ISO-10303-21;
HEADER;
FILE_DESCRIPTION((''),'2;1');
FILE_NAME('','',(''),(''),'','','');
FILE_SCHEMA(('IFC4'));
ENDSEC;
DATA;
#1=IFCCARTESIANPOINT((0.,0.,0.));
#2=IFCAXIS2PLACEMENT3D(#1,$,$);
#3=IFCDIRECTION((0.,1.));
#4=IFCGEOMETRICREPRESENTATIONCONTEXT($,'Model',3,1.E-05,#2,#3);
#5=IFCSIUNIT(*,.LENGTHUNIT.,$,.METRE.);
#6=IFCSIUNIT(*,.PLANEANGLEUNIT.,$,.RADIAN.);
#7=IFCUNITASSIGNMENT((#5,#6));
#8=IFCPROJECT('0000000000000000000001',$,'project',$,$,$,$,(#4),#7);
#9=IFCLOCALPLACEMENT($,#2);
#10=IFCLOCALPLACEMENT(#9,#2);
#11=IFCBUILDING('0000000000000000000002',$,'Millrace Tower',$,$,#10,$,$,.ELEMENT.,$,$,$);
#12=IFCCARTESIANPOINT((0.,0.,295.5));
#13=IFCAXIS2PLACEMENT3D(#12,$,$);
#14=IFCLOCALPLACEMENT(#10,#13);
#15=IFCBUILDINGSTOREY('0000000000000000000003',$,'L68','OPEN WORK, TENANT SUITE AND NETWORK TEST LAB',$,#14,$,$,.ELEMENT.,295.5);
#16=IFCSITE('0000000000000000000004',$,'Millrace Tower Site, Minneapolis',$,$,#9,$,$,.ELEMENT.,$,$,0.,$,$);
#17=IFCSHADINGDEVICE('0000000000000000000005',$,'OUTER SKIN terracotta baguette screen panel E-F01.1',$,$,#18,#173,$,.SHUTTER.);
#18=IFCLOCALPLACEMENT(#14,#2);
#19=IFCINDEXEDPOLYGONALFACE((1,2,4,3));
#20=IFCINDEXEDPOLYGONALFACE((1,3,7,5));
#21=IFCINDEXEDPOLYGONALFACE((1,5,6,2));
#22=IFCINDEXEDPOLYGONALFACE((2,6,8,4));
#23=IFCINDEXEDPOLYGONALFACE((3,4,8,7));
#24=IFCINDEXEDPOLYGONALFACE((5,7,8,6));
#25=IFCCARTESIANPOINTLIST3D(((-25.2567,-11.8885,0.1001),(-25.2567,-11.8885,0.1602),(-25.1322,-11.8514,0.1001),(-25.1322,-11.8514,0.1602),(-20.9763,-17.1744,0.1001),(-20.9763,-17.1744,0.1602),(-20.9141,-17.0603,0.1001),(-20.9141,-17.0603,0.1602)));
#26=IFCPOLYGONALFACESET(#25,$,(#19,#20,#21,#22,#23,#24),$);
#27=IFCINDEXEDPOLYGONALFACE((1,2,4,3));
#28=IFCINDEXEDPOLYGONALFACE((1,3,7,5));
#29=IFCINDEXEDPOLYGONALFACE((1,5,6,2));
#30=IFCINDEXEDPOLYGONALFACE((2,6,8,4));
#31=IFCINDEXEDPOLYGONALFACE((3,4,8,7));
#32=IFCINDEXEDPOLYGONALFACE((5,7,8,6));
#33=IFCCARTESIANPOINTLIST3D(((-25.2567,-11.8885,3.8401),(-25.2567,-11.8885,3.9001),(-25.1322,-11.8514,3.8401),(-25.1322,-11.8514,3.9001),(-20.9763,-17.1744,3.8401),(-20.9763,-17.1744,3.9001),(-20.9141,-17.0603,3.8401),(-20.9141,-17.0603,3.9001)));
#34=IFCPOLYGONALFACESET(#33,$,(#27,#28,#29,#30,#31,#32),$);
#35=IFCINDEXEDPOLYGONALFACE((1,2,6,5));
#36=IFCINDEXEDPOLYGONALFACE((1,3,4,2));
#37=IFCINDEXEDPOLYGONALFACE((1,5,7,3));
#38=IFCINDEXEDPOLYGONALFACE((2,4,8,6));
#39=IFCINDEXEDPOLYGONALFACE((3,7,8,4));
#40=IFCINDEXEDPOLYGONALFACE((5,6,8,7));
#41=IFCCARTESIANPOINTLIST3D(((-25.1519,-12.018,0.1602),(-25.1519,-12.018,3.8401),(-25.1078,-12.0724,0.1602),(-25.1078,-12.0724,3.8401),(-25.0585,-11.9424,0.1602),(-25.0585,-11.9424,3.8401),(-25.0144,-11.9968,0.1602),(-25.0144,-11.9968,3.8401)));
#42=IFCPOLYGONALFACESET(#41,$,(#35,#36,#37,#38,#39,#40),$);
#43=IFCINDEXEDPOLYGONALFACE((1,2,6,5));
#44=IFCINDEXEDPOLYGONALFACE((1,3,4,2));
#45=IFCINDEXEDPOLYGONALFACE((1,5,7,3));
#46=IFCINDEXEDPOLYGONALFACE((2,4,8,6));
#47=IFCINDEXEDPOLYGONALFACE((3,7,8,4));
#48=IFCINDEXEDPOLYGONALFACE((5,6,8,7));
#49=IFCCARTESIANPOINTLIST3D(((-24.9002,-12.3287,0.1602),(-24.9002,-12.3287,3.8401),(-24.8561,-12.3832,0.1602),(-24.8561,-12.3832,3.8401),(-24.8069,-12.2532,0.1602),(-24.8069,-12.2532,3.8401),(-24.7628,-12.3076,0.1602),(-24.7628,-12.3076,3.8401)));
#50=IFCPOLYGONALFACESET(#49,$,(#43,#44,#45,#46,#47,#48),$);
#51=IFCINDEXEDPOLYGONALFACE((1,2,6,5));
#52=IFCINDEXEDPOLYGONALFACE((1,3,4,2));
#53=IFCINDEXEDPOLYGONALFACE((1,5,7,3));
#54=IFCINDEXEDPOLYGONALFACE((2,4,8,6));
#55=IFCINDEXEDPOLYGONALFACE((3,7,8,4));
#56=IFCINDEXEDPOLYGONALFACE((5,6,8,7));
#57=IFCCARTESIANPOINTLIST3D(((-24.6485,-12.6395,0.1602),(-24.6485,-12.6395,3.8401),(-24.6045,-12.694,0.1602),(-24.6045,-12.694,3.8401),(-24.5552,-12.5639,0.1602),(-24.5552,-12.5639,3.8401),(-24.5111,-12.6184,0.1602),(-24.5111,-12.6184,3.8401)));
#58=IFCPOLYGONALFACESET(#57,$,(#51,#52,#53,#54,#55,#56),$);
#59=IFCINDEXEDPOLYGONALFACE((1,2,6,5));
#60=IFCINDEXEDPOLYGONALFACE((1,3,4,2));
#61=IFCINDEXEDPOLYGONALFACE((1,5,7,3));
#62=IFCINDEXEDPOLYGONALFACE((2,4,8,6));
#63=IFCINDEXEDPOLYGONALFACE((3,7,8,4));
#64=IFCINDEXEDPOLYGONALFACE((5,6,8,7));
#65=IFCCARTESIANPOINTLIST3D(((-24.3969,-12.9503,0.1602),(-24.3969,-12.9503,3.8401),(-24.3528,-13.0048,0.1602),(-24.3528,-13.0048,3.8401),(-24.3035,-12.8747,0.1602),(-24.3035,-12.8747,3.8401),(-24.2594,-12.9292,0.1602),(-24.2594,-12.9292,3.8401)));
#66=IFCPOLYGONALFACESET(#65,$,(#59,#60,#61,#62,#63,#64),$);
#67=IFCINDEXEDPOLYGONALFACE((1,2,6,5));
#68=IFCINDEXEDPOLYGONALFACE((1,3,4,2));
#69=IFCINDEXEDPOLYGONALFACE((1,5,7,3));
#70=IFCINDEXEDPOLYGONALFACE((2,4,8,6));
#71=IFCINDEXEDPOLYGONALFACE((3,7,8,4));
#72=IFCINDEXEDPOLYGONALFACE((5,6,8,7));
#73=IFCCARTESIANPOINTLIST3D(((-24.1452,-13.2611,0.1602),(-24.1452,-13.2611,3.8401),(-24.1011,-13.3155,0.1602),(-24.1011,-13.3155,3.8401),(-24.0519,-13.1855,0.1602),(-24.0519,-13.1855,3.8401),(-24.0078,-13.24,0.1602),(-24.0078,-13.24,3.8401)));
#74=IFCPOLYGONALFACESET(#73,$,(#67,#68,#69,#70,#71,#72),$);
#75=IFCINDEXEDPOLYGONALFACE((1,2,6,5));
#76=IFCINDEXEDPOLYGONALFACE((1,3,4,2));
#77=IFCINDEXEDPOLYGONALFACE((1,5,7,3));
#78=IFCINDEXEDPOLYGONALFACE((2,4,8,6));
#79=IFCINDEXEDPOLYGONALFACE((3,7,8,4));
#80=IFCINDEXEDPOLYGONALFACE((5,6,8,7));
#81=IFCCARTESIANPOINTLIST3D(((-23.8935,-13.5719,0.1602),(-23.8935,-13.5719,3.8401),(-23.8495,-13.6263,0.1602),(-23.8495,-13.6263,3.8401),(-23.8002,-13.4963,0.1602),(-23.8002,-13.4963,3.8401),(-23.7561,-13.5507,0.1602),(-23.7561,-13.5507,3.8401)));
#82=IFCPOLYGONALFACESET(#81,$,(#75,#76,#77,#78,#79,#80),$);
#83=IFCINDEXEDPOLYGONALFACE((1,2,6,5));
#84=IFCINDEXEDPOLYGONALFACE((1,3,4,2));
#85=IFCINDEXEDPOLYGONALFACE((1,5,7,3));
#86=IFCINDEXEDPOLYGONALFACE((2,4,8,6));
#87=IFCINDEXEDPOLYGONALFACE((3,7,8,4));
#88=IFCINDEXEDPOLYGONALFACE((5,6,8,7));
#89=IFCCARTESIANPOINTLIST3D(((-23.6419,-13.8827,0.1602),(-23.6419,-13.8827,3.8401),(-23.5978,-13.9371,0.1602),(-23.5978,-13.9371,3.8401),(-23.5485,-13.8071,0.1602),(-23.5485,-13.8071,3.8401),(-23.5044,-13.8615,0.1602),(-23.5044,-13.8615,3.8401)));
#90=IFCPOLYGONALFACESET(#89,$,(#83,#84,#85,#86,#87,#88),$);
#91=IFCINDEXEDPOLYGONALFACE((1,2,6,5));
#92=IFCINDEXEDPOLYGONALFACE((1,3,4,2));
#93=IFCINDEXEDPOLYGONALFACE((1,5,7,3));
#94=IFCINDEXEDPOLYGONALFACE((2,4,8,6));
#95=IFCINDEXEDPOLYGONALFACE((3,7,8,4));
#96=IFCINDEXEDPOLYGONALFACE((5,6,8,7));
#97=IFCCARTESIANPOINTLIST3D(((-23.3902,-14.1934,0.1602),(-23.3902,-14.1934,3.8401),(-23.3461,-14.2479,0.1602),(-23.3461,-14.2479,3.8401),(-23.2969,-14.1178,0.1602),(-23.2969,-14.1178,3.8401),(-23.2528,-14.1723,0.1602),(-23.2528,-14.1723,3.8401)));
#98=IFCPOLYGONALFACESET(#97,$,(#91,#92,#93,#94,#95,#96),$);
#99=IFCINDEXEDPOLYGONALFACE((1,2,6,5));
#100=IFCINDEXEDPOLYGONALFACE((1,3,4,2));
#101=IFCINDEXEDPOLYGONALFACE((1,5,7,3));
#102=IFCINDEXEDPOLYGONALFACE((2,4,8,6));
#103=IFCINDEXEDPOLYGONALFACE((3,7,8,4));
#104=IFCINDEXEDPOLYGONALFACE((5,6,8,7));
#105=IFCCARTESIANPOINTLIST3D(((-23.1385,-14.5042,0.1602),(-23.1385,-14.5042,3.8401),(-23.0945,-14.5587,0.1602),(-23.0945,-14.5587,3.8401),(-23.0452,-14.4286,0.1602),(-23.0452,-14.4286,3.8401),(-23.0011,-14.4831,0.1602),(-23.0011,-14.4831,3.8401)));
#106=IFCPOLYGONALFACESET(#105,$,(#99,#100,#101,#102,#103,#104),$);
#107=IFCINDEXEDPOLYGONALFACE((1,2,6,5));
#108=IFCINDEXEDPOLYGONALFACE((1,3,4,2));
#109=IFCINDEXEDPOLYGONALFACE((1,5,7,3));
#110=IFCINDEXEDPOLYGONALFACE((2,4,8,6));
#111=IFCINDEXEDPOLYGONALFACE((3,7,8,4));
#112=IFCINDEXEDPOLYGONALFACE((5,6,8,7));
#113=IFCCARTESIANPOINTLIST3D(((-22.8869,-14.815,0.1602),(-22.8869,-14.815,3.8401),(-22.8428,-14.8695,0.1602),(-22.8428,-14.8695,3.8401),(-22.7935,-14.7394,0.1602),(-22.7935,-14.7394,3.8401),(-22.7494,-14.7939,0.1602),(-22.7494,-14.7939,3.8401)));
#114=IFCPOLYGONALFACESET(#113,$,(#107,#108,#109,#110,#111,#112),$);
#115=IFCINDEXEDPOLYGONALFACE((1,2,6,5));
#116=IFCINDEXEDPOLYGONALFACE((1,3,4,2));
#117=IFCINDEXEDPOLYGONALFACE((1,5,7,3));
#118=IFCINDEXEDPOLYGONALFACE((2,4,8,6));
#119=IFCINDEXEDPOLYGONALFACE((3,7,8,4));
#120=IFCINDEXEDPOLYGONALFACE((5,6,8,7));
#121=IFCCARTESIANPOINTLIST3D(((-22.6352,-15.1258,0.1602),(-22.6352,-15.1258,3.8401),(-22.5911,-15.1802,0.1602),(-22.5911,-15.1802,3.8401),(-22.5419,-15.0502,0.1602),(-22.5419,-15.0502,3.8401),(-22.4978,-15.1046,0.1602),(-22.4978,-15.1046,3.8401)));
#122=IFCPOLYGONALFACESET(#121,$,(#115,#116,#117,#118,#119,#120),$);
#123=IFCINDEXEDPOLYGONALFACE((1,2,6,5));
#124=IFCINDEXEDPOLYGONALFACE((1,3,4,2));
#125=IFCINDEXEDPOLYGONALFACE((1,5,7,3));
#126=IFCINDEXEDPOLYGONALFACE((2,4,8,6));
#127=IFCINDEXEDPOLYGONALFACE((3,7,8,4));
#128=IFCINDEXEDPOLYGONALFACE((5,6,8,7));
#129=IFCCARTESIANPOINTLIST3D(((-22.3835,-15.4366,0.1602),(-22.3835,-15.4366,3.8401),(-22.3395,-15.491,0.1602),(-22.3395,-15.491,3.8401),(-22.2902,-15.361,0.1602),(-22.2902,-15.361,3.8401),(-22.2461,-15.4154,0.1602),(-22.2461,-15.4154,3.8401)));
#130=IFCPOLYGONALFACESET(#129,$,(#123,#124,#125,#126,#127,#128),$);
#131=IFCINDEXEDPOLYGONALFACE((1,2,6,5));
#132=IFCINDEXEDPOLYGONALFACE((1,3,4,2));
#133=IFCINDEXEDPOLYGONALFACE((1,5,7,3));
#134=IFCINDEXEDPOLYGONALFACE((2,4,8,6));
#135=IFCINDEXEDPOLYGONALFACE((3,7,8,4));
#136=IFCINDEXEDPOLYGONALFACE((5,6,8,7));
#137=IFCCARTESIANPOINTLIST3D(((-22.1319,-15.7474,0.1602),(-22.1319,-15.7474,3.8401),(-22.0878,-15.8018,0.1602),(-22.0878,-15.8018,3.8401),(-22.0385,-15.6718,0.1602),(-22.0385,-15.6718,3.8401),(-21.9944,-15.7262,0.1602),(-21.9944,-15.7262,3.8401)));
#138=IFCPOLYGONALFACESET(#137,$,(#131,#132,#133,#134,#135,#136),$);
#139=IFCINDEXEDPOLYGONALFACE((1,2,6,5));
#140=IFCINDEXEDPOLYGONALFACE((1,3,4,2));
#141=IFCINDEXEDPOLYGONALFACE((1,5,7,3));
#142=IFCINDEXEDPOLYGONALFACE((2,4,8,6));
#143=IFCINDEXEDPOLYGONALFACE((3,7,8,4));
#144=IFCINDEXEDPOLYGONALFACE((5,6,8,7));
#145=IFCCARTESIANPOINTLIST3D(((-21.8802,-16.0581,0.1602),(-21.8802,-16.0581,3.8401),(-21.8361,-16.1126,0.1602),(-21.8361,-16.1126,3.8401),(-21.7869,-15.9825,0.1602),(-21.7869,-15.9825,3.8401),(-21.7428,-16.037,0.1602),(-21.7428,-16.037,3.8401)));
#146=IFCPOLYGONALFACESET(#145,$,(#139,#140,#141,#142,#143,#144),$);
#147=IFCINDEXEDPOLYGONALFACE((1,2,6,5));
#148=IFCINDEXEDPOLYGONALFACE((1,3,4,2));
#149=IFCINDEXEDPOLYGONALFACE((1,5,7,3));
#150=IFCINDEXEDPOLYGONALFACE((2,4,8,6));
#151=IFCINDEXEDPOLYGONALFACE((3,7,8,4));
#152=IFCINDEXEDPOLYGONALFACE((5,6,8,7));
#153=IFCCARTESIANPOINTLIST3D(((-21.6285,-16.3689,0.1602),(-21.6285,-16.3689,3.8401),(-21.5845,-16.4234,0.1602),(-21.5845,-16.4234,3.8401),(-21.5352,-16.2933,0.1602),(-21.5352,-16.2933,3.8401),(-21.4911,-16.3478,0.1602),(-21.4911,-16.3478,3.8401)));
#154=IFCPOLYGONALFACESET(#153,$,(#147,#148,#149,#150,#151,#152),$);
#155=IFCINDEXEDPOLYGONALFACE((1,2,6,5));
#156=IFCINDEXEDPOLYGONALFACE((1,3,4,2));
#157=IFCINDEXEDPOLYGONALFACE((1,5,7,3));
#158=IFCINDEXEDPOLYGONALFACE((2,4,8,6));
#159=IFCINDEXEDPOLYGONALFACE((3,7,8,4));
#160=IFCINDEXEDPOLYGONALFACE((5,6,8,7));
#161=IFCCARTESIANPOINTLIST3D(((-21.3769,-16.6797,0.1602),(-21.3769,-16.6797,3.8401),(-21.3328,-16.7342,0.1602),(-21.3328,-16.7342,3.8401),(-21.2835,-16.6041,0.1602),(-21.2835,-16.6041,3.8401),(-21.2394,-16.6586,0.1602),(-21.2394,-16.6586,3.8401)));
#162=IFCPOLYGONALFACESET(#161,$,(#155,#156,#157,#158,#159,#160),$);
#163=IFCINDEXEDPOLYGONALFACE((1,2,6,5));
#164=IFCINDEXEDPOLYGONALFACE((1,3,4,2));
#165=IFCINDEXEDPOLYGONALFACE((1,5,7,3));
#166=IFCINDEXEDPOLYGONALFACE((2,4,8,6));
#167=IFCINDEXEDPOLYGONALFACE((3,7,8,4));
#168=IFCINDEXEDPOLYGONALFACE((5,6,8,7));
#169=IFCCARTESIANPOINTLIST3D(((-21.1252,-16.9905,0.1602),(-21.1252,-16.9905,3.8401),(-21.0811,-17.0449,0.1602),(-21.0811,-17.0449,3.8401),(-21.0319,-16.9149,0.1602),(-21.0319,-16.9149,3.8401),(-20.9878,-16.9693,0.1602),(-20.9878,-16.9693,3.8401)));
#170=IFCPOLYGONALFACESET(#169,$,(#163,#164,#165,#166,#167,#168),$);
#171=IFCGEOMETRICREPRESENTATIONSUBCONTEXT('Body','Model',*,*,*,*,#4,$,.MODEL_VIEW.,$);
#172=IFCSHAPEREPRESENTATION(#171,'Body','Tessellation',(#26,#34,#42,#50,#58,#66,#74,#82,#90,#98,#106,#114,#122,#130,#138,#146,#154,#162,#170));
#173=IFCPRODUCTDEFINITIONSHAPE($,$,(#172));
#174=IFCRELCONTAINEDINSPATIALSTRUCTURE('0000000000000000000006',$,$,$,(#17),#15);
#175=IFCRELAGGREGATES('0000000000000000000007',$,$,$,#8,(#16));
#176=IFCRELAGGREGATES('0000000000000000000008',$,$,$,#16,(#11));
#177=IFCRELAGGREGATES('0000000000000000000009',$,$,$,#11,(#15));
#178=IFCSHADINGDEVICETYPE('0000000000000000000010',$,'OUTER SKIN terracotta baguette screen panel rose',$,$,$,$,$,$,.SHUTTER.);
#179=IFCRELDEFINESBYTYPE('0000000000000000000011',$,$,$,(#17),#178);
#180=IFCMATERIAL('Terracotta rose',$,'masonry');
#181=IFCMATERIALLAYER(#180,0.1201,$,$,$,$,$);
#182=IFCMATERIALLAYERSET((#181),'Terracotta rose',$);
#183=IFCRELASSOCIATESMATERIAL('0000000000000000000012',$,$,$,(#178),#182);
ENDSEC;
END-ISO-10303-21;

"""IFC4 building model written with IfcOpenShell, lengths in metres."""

from ifc_helpers import new_model, entity, si_unit, direction, frame, frame_2d, origin, origin_2d, place, context, subcontext, project, spatial, rectangle, extrude, source, transform, mapped, material, layer, layer_set, type_object, element, save


model = new_model("IFC4")

# Units and contexts
model_context = context("Model", 3, precision=1e-05, world=origin(), true_north=direction((0.0, 1.0)))
body_context = subcontext(model_context, "Body", "Model", "MODEL_VIEW")
ifc_project = project(units=[si_unit("LENGTHUNIT", "METRE"), si_unit("PLANEANGLEUNIT", "RADIAN")], contexts=[model_context])

# Site, building, storey
site_placement = place(None, origin())
site = spatial("IfcSite", under=ifc_project, at=site_placement, Name="Millrace Tower Site, Minneapolis", CompositionType="ELEMENT", RefElevation=0.0)
building_placement = place(site_placement, origin())
building = spatial("IfcBuilding", under=site, at=building_placement, Name="Millrace Tower", CompositionType="ELEMENT")
storey_placement = place(building_placement, frame((0.0, 0.0, 295.5)))
storey = spatial("IfcBuildingStorey", under=building, at=storey_placement, Name="L68", Description="OPEN WORK, TENANT SUITE AND NETWORK TEST LAB", CompositionType="ELEMENT", Elevation=295.5)

# Shading device
ifc_material_1 = material(Name="Terracotta rose", Category="masonry")
ifc_layer_1 = layer(ifc_material_1, 0.1201)
ifc_layer_set_1 = layer_set([ifc_layer_1], Name="Terracotta rose")
shading_device_type = type_object("IfcShadingDeviceType", Name="OUTER SKIN terracotta baguette screen panel rose", PredefinedType="SHUTTER", material=ifc_layer_set_1)
cartesian_point_1 = entity("IfcCartesianPoint", [-3.3513, 0.0601])
shared_polyline_1 = entity("IfcPolyline", [cartesian_point_1, entity("IfcCartesianPoint", [3.3513, 0.0601]), entity("IfcCartesianPoint", [3.4009, -0.0601]), entity("IfcCartesianPoint", [-3.4009, -0.0601]), cartesian_point_1])
shared_shape_1 = source(origin(), body_context, "Body", "SweptSolid", [
    entity("IfcExtrudedAreaSolid", entity("IfcArbitraryClosedProfileDef", "AREA", None, shared_polyline_1), entity("IfcAxis2Placement3D", entity("IfcCartesianPoint", [0.0, 0.0, 0.0])), entity("IfcDirection", [0.0, 0.0, 1.0]), 0.0601),
    entity("IfcExtrudedAreaSolid", entity("IfcArbitraryClosedProfileDef", "AREA", None, shared_polyline_1), entity("IfcAxis2Placement3D", entity("IfcCartesianPoint", [0.0, 0.0, 3.74])), entity("IfcDirection", [0.0, 0.0, 1.0]), 0.0601),
    extrude(rectangle(XDim=0.0701, YDim=0.1201, at=frame_2d((-3.1992, 0.0))), frame((0.0, 0.0, 0.0601)), (0.0, 0.0, 1.0), 3.6799),
    extrude(rectangle(XDim=0.0701, YDim=0.1201, at=frame_2d((-2.7993, 0.0))), frame((0.0, 0.0, 0.0601)), (0.0, 0.0, 1.0), 3.6799),
    extrude(rectangle(XDim=0.0701, YDim=0.1201, at=frame_2d((-2.3994, 0.0))), frame((0.0, 0.0, 0.0601)), (0.0, 0.0, 1.0), 3.6799),
    extrude(rectangle(XDim=0.0701, YDim=0.1201, at=frame_2d((-1.9995, 0.0))), frame((0.0, 0.0, 0.0601)), (0.0, 0.0, 1.0), 3.6799),
    extrude(rectangle(XDim=0.0701, YDim=0.1201, at=frame_2d((-1.5996, 0.0))), frame((0.0, 0.0, 0.0601)), (0.0, 0.0, 1.0), 3.6799),
    extrude(rectangle(XDim=0.0701, YDim=0.1201, at=frame_2d((-1.1997, 0.0))), frame((0.0, 0.0, 0.0601)), (0.0, 0.0, 1.0), 3.6799),
    extrude(rectangle(XDim=0.0701, YDim=0.1201, at=frame_2d((-0.7998, 0.0))), frame((0.0, 0.0, 0.0601)), (0.0, 0.0, 1.0), 3.6799),
    extrude(rectangle(XDim=0.0701, YDim=0.1201, at=frame_2d((-0.3999, 0.0))), frame((0.0, 0.0, 0.0601)), (0.0, 0.0, 1.0), 3.6799),
    extrude(rectangle(XDim=0.0701, YDim=0.1201, at=origin_2d()), frame((0.0, 0.0, 0.0601)), (0.0, 0.0, 1.0), 3.6799),
    extrude(rectangle(XDim=0.0701, YDim=0.1201, at=frame_2d((0.3999, 0.0))), frame((0.0, 0.0, 0.0601)), (0.0, 0.0, 1.0), 3.6799),
    extrude(rectangle(XDim=0.0701, YDim=0.1201, at=frame_2d((0.7998, 0.0))), frame((0.0, 0.0, 0.0601)), (0.0, 0.0, 1.0), 3.6799),
    extrude(rectangle(XDim=0.0701, YDim=0.1201, at=frame_2d((1.1997, 0.0))), frame((0.0, 0.0, 0.0601)), (0.0, 0.0, 1.0), 3.6799),
    extrude(rectangle(XDim=0.0701, YDim=0.1201, at=frame_2d((1.5996, 0.0))), frame((0.0, 0.0, 0.0601)), (0.0, 0.0, 1.0), 3.6799),
    extrude(rectangle(XDim=0.0701, YDim=0.1201, at=frame_2d((1.9995, 0.0))), frame((0.0, 0.0, 0.0601)), (0.0, 0.0, 1.0), 3.6799),
    extrude(rectangle(XDim=0.0701, YDim=0.1201, at=frame_2d((2.3994, 0.0))), frame((0.0, 0.0, 0.0601)), (0.0, 0.0, 1.0), 3.6799),
    extrude(rectangle(XDim=0.0701, YDim=0.1201, at=frame_2d((2.7993, 0.0))), frame((0.0, 0.0, 0.0601)), (0.0, 0.0, 1.0), 3.6799),
    extrude(rectangle(XDim=0.0701, YDim=0.1201, at=frame_2d((3.1992, 0.0))), frame((0.0, 0.0, 0.0601)), (0.0, 0.0, 1.0), 3.6799),
])
shading_device_1_placement = place(storey_placement, frame((-23.0698, -14.4937, 0.1001), z_axis=(0.0, 0.0, 1.0), x_axis=(0.62932, -0.777146, 0.0)))
element("IfcShadingDevice", 1, at=shading_device_1_placement, inside=storey, type_object=shading_device_type, Name="OUTER SKIN terracotta baguette screen panel E-F01.1", PredefinedType="SHUTTER", context=body_context, shape_type="MappedRepresentation", body=[
    mapped(shared_shape_1, transform((0.0, 0.0, 0.0), scale=1.0)),
])

save(model, "model.ifc")
